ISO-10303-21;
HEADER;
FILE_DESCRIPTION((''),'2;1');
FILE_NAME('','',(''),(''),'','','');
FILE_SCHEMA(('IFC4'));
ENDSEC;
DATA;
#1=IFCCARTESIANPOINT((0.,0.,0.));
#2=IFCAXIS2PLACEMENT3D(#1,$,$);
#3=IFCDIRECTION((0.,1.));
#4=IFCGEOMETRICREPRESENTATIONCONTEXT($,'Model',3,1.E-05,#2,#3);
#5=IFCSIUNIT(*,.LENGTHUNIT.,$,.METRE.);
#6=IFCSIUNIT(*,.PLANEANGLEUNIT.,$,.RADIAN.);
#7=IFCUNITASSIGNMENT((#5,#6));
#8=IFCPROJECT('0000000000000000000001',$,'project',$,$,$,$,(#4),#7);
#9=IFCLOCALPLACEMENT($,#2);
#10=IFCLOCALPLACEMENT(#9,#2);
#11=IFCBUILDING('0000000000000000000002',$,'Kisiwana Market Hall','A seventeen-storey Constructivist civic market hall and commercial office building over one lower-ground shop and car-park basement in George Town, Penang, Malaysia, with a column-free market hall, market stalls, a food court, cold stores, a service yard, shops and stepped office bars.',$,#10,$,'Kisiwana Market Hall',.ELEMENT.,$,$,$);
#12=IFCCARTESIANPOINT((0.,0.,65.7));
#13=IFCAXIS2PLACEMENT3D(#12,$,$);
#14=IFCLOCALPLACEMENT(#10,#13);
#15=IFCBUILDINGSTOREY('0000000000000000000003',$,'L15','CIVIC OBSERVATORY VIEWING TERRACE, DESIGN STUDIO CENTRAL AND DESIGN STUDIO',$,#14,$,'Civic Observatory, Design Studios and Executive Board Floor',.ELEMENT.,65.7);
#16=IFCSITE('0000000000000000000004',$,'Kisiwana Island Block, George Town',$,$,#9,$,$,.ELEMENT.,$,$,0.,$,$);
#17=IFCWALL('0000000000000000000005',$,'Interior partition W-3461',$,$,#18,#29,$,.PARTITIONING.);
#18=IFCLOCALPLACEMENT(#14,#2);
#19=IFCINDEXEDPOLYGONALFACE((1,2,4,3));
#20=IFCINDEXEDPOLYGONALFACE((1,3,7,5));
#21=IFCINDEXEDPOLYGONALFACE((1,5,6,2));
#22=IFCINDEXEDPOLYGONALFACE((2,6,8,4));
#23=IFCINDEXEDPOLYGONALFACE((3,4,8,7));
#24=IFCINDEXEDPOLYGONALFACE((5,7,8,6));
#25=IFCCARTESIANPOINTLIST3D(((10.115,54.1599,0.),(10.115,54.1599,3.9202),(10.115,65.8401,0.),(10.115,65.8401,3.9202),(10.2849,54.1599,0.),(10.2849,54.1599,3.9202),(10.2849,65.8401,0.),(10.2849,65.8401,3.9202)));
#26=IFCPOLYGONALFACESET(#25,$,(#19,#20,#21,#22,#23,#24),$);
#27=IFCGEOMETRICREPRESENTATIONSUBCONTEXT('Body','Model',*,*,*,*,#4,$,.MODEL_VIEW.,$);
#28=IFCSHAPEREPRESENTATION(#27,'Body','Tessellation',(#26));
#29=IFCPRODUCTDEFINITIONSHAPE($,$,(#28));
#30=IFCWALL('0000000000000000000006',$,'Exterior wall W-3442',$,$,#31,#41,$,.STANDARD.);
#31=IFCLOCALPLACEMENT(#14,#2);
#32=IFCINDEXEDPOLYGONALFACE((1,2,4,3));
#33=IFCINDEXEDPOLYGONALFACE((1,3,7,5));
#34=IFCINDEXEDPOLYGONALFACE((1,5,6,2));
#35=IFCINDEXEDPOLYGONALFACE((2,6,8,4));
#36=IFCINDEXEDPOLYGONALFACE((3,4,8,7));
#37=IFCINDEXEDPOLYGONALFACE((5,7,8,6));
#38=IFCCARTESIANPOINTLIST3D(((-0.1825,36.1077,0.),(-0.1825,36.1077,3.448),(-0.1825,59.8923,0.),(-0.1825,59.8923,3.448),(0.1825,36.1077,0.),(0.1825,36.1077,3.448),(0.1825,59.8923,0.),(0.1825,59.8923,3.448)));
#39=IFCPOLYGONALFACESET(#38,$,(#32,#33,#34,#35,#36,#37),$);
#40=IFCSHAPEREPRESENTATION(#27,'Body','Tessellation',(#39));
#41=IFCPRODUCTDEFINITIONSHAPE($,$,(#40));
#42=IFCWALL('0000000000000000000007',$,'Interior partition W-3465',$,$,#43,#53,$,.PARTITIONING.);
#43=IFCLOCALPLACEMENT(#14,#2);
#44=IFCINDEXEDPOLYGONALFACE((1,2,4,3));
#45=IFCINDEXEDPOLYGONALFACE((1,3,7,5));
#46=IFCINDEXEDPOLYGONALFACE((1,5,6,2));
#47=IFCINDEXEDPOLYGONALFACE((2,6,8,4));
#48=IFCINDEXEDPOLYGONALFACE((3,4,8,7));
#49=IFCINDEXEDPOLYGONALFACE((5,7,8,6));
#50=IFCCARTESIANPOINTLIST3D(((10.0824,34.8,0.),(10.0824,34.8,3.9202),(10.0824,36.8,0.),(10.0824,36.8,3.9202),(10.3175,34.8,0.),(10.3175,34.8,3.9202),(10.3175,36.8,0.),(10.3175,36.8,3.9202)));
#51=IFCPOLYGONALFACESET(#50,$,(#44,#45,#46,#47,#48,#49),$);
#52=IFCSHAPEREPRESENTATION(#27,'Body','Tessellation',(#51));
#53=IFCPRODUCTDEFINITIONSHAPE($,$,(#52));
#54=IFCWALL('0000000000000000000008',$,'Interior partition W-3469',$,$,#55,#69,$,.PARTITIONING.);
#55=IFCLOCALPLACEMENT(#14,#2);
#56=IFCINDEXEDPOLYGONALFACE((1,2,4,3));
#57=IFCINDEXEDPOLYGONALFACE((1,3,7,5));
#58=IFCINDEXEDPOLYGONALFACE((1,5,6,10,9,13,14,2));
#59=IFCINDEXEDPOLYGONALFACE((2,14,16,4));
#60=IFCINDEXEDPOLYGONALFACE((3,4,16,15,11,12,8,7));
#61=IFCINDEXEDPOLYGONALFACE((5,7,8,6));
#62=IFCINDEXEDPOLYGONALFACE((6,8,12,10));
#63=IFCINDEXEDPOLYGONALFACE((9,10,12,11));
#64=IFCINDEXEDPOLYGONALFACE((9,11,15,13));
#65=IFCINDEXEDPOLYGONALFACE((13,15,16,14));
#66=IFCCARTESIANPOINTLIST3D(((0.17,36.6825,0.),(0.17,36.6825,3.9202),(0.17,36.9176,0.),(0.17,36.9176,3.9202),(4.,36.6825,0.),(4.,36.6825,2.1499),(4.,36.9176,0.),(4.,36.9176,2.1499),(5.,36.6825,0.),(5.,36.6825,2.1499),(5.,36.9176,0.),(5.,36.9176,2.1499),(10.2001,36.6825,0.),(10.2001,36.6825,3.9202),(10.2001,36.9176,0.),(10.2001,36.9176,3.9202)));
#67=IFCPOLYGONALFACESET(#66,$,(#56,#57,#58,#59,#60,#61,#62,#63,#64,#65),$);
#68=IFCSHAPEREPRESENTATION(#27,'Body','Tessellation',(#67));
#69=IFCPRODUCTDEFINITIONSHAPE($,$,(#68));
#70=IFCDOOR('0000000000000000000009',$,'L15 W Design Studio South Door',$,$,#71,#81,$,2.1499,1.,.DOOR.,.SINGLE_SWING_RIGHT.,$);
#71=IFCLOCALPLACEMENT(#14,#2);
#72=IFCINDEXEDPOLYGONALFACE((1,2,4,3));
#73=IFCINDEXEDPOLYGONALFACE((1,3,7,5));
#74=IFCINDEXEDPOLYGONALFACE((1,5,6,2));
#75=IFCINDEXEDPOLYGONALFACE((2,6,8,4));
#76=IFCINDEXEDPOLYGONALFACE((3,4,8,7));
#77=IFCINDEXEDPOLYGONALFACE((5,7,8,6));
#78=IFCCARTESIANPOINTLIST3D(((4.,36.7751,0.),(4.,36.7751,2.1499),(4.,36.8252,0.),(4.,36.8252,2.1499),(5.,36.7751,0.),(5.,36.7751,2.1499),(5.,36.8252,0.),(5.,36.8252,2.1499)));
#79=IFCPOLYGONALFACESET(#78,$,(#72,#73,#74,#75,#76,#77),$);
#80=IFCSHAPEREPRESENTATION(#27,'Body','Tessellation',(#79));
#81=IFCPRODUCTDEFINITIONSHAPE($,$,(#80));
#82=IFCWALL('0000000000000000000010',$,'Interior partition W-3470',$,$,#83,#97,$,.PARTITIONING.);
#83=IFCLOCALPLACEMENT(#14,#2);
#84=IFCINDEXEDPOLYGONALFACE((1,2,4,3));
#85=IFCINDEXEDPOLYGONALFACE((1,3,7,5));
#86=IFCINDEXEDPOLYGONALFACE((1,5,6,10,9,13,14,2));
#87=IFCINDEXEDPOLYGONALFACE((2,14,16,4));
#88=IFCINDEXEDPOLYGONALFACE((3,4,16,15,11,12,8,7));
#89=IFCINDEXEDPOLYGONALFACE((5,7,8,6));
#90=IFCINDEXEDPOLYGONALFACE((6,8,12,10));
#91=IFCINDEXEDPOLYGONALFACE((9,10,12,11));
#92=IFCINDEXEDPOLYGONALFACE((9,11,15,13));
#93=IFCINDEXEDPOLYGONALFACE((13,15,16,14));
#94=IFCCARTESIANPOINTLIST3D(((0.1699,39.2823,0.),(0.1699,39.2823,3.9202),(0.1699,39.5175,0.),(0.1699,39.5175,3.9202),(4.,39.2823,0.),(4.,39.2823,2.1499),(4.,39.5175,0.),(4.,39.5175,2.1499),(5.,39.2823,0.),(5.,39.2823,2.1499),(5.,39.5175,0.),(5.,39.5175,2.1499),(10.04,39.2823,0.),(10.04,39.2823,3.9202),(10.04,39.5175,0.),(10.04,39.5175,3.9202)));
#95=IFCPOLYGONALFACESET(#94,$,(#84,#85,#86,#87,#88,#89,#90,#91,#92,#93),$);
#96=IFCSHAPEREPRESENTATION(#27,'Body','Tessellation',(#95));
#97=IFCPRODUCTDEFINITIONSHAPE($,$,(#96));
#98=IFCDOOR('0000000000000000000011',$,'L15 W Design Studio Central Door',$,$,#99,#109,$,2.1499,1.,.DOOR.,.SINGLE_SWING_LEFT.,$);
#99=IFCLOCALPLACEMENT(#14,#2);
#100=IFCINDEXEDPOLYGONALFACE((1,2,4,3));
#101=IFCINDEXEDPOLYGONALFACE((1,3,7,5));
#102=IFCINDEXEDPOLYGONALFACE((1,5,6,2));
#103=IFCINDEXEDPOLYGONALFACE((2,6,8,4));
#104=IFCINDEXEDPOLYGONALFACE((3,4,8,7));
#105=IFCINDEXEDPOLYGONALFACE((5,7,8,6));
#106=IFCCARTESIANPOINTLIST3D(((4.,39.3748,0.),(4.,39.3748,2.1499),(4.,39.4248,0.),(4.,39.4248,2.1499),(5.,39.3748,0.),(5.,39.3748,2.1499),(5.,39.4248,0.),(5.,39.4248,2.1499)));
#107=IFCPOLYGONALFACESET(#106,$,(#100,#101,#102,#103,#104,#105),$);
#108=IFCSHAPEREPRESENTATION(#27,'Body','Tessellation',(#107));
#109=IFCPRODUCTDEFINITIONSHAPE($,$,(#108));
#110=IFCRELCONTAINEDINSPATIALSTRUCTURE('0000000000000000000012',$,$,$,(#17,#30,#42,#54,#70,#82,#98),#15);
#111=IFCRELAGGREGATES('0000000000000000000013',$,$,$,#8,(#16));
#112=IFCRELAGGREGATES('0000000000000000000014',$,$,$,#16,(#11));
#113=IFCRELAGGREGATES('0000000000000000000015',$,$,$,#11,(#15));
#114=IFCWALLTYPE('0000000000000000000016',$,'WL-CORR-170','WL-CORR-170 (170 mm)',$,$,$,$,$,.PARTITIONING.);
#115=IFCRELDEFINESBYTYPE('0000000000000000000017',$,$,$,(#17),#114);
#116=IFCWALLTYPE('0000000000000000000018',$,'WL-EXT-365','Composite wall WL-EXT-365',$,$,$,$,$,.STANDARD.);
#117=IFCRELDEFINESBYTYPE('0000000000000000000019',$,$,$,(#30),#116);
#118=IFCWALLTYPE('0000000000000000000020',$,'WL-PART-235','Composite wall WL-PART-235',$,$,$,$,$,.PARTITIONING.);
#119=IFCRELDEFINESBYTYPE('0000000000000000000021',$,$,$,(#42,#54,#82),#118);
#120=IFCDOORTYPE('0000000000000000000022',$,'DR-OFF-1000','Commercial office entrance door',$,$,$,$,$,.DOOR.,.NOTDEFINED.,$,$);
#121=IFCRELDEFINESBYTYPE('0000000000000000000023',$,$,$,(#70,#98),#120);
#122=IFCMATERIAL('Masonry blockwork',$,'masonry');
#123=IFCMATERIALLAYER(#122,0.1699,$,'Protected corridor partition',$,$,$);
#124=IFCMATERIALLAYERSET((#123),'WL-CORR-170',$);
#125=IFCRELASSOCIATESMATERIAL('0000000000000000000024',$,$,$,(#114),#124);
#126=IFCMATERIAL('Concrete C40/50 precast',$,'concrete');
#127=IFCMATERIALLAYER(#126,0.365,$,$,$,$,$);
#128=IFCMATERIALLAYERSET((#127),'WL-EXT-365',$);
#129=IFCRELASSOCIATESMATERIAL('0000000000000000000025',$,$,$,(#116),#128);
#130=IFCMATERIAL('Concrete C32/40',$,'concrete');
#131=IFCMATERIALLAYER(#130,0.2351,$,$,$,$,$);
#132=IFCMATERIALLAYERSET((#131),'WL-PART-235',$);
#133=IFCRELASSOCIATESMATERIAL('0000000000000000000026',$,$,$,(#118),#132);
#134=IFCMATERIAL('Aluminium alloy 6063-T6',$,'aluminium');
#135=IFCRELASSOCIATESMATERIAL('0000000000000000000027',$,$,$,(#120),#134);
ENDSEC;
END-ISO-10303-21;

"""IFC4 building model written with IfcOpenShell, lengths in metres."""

from ifc_helpers import new_model, si_unit, direction, frame, frame_2d, origin, place, context, subcontext, project, spatial, rectangle, extrude, material, layer, layer_set, type_object, element, fill, save


model = new_model("IFC4")

# Units and contexts
model_context = context("Model", 3, precision=1e-05, world=origin(), true_north=direction((0.0, 1.0)))
body_context = subcontext(model_context, "Body", "Model", "MODEL_VIEW")
ifc_project = project(units=[si_unit("LENGTHUNIT", "METRE"), si_unit("PLANEANGLEUNIT", "RADIAN")], contexts=[model_context])

# Site, building, storey
site_placement = place(None, origin())
site = spatial("IfcSite", under=ifc_project, at=site_placement, Name="Kisiwana Island Block, George Town", CompositionType="ELEMENT", RefElevation=0.0)
building_placement = place(site_placement, origin())
building = spatial("IfcBuilding", under=site, at=building_placement, Name="Kisiwana Market Hall", Description="A seventeen-storey Constructivist civic market hall and commercial office building over one lower-ground shop and car-park basement in George Town, Penang, Malaysia, with a column-free market hall, market stalls, a food court, cold stores, a service yard, shops and stepped office bars.", LongName="Kisiwana Market Hall", CompositionType="ELEMENT")
storey_placement = place(building_placement, frame((0.0, 0.0, 65.7)))
storey = spatial("IfcBuildingStorey", under=building, at=storey_placement, Name="L15", Description="CIVIC OBSERVATORY VIEWING TERRACE, DESIGN STUDIO CENTRAL AND DESIGN STUDIO", LongName="Civic Observatory, Design Studios and Executive Board Floor", CompositionType="ELEMENT", Elevation=65.7)

# Walls
ifc_material_1 = material(Name="Masonry blockwork", Category="masonry")
ifc_layer_1 = layer(ifc_material_1, 0.1699, Name="Protected corridor partition")
ifc_layer_set_1 = layer_set([ifc_layer_1], Name="WL-CORR-170")
wall_type_1 = type_object("IfcWallType", Name="WL-CORR-170", Description="WL-CORR-170 (170 mm)", PredefinedType="PARTITIONING", material=ifc_layer_set_1)
wall_1_placement = place(storey_placement, frame((10.2, 54.1599, 0.0), z_axis=(0.0, 0.0, 1.0), x_axis=(0.0, 1.0, 0.0)))
element("IfcWall", 1, at=wall_1_placement, inside=storey, type_object=wall_type_1, Name="Interior partition W-3461", PredefinedType="PARTITIONING", context=body_context, shape_type="SweptSolid", body=[
    extrude(rectangle(XDim=11.6802, YDim=0.1699, at=frame_2d((5.8401, 0.0))), origin(), (0.0, 0.0, 1.0), 3.9202),
])
ifc_material_2 = material(Name="Concrete C40/50 precast", Category="concrete")
ifc_layer_2 = layer(ifc_material_2, 0.365)
ifc_layer_set_2 = layer_set([ifc_layer_2], Name="WL-EXT-365")
wall_type_2 = type_object("IfcWallType", Name="WL-EXT-365", Description="Composite wall WL-EXT-365", PredefinedType="STANDARD", material=ifc_layer_set_2)
wall_2_placement = place(storey_placement, frame((0.0, 36.1077, 0.0), z_axis=(0.0, 0.0, 1.0), x_axis=(0.0, 1.0, 0.0)))
element("IfcWall", 2, at=wall_2_placement, inside=storey, type_object=wall_type_2, Name="Exterior wall W-3442", PredefinedType="STANDARD", context=body_context, shape_type="SweptSolid", body=[
    extrude(rectangle(XDim=23.7847, YDim=0.365, at=frame_2d((11.8923, 0.0))), origin(), (0.0, 0.0, 1.0), 3.448),
])
ifc_material_3 = material(Name="Concrete C32/40", Category="concrete")
ifc_layer_3 = layer(ifc_material_3, 0.2351)
ifc_layer_set_3 = layer_set([ifc_layer_3], Name="WL-PART-235")
wall_type_3 = type_object("IfcWallType", Name="WL-PART-235", Description="Composite wall WL-PART-235", PredefinedType="PARTITIONING", material=ifc_layer_set_3)
wall_3_placement = place(storey_placement, frame((10.2, 34.8, 0.0), z_axis=(0.0, 0.0, 1.0), x_axis=(0.0, 1.0, 0.0)))
element("IfcWall", 3, at=wall_3_placement, inside=storey, type_object=wall_type_3, Name="Interior partition W-3465", PredefinedType="PARTITIONING", context=body_context, shape_type="SweptSolid", body=[
    extrude(rectangle(XDim=2.0, YDim=0.2351, at=frame_2d((1.0, 0.0))), origin(), (0.0, 0.0, 1.0), 3.9202),
])

# Walls, openings, doors
wall_4_placement = place(storey_placement, frame((0.1699, 36.8, 0.0), z_axis=(0.0, 0.0, 1.0), x_axis=(1.0, 0.0, 0.0)))
wall_4 = element("IfcWall", 4, at=wall_4_placement, inside=storey, type_object=wall_type_3, Name="Interior partition W-3469", PredefinedType="PARTITIONING", context=body_context, shape_type="SweptSolid", body=[
    extrude(rectangle(XDim=10.03, YDim=0.2351, at=frame_2d((5.0151, 0.0))), origin(), (0.0, 0.0, 1.0), 3.9202),
])
opening_1_placement = place(wall_4_placement, frame((3.8301, 0.0, 0.0)))
opening_1 = element("IfcOpeningElement", 5, at=opening_1_placement, cuts=wall_4, PredefinedType="OPENING", context=body_context, shape_type="SweptSolid", body=[
    extrude(rectangle(XDim=1.0, YDim=2.1499, at=frame_2d((0.5, 1.075))), frame((0.0, 0.1294, 0.0), z_axis=(0.0, -1.0, 0.0), x_axis=(1.0, 0.0, 0.0)), (0.0, 0.0, 1.0), 0.259),
])
ifc_material_4 = material(Name="Aluminium alloy 6063-T6", Category="aluminium")
door_type = type_object("IfcDoorType", Name="DR-OFF-1000", Description="Commercial office entrance door", OperationType="NOTDEFINED", PredefinedType="DOOR", material=ifc_material_4)
door_1_placement = place(opening_1_placement, frame((1.0, 0.0, 0.0), z_axis=(0.0, 0.0, 1.0), x_axis=(-1.0, 0.0, 0.0)))
door_1 = element("IfcDoor", 6, at=door_1_placement, inside=storey, type_object=door_type, Name="L15 W Design Studio South Door", OperationType="SINGLE_SWING_RIGHT", OverallHeight=2.1499, OverallWidth=1.0, PredefinedType="DOOR", context=body_context, shape_type="SweptSolid", body=[
    extrude(rectangle(XDim=1.0, YDim=2.1499, at=frame_2d((0.5, 1.075))), frame((0.0, 0.0249, 0.0), z_axis=(0.0, -1.0, 0.0), x_axis=(1.0, 0.0, 0.0)), (0.0, 0.0, 1.0), 0.05),
])
fill(opening_1, door_1)
wall_5_placement = place(storey_placement, frame((0.1699, 39.3999, 0.0), z_axis=(0.0, 0.0, 1.0), x_axis=(1.0, 0.0, 0.0)))
wall_5 = element("IfcWall", 7, at=wall_5_placement, inside=storey, type_object=wall_type_3, Name="Interior partition W-3470", PredefinedType="PARTITIONING", context=body_context, shape_type="SweptSolid", body=[
    extrude(rectangle(XDim=9.8701, YDim=0.2351, at=frame_2d((4.9351, 0.0))), origin(), (0.0, 0.0, 1.0), 3.9202),
])
opening_2_placement = place(wall_5_placement, frame((3.8301, 0.0, 0.0)))
opening_2 = element("IfcOpeningElement", 8, at=opening_2_placement, cuts=wall_5, PredefinedType="OPENING", context=body_context, shape_type="SweptSolid", body=[
    extrude(rectangle(XDim=1.0, YDim=2.1499, at=frame_2d((0.5, 1.075))), frame((0.0, 0.1294, 0.0), z_axis=(0.0, -1.0, 0.0), x_axis=(1.0, 0.0, 0.0)), (0.0, 0.0, 1.0), 0.259),
])
door_2_placement = place(opening_2_placement, origin())
door_2 = element("IfcDoor", 9, at=door_2_placement, inside=storey, type_object=door_type, Name="L15 W Design Studio Central Door", OperationType="SINGLE_SWING_LEFT", OverallHeight=2.1499, OverallWidth=1.0, PredefinedType="DOOR", context=body_context, shape_type="SweptSolid", body=[
    extrude(rectangle(XDim=1.0, YDim=2.1499, at=frame_2d((0.5, 1.075))), frame((0.0, 0.0249, 0.0), z_axis=(0.0, -1.0, 0.0), x_axis=(1.0, 0.0, 0.0)), (0.0, 0.0, 1.0), 0.05),
])
fill(opening_2, door_2)

save(model, "model.ifc")
